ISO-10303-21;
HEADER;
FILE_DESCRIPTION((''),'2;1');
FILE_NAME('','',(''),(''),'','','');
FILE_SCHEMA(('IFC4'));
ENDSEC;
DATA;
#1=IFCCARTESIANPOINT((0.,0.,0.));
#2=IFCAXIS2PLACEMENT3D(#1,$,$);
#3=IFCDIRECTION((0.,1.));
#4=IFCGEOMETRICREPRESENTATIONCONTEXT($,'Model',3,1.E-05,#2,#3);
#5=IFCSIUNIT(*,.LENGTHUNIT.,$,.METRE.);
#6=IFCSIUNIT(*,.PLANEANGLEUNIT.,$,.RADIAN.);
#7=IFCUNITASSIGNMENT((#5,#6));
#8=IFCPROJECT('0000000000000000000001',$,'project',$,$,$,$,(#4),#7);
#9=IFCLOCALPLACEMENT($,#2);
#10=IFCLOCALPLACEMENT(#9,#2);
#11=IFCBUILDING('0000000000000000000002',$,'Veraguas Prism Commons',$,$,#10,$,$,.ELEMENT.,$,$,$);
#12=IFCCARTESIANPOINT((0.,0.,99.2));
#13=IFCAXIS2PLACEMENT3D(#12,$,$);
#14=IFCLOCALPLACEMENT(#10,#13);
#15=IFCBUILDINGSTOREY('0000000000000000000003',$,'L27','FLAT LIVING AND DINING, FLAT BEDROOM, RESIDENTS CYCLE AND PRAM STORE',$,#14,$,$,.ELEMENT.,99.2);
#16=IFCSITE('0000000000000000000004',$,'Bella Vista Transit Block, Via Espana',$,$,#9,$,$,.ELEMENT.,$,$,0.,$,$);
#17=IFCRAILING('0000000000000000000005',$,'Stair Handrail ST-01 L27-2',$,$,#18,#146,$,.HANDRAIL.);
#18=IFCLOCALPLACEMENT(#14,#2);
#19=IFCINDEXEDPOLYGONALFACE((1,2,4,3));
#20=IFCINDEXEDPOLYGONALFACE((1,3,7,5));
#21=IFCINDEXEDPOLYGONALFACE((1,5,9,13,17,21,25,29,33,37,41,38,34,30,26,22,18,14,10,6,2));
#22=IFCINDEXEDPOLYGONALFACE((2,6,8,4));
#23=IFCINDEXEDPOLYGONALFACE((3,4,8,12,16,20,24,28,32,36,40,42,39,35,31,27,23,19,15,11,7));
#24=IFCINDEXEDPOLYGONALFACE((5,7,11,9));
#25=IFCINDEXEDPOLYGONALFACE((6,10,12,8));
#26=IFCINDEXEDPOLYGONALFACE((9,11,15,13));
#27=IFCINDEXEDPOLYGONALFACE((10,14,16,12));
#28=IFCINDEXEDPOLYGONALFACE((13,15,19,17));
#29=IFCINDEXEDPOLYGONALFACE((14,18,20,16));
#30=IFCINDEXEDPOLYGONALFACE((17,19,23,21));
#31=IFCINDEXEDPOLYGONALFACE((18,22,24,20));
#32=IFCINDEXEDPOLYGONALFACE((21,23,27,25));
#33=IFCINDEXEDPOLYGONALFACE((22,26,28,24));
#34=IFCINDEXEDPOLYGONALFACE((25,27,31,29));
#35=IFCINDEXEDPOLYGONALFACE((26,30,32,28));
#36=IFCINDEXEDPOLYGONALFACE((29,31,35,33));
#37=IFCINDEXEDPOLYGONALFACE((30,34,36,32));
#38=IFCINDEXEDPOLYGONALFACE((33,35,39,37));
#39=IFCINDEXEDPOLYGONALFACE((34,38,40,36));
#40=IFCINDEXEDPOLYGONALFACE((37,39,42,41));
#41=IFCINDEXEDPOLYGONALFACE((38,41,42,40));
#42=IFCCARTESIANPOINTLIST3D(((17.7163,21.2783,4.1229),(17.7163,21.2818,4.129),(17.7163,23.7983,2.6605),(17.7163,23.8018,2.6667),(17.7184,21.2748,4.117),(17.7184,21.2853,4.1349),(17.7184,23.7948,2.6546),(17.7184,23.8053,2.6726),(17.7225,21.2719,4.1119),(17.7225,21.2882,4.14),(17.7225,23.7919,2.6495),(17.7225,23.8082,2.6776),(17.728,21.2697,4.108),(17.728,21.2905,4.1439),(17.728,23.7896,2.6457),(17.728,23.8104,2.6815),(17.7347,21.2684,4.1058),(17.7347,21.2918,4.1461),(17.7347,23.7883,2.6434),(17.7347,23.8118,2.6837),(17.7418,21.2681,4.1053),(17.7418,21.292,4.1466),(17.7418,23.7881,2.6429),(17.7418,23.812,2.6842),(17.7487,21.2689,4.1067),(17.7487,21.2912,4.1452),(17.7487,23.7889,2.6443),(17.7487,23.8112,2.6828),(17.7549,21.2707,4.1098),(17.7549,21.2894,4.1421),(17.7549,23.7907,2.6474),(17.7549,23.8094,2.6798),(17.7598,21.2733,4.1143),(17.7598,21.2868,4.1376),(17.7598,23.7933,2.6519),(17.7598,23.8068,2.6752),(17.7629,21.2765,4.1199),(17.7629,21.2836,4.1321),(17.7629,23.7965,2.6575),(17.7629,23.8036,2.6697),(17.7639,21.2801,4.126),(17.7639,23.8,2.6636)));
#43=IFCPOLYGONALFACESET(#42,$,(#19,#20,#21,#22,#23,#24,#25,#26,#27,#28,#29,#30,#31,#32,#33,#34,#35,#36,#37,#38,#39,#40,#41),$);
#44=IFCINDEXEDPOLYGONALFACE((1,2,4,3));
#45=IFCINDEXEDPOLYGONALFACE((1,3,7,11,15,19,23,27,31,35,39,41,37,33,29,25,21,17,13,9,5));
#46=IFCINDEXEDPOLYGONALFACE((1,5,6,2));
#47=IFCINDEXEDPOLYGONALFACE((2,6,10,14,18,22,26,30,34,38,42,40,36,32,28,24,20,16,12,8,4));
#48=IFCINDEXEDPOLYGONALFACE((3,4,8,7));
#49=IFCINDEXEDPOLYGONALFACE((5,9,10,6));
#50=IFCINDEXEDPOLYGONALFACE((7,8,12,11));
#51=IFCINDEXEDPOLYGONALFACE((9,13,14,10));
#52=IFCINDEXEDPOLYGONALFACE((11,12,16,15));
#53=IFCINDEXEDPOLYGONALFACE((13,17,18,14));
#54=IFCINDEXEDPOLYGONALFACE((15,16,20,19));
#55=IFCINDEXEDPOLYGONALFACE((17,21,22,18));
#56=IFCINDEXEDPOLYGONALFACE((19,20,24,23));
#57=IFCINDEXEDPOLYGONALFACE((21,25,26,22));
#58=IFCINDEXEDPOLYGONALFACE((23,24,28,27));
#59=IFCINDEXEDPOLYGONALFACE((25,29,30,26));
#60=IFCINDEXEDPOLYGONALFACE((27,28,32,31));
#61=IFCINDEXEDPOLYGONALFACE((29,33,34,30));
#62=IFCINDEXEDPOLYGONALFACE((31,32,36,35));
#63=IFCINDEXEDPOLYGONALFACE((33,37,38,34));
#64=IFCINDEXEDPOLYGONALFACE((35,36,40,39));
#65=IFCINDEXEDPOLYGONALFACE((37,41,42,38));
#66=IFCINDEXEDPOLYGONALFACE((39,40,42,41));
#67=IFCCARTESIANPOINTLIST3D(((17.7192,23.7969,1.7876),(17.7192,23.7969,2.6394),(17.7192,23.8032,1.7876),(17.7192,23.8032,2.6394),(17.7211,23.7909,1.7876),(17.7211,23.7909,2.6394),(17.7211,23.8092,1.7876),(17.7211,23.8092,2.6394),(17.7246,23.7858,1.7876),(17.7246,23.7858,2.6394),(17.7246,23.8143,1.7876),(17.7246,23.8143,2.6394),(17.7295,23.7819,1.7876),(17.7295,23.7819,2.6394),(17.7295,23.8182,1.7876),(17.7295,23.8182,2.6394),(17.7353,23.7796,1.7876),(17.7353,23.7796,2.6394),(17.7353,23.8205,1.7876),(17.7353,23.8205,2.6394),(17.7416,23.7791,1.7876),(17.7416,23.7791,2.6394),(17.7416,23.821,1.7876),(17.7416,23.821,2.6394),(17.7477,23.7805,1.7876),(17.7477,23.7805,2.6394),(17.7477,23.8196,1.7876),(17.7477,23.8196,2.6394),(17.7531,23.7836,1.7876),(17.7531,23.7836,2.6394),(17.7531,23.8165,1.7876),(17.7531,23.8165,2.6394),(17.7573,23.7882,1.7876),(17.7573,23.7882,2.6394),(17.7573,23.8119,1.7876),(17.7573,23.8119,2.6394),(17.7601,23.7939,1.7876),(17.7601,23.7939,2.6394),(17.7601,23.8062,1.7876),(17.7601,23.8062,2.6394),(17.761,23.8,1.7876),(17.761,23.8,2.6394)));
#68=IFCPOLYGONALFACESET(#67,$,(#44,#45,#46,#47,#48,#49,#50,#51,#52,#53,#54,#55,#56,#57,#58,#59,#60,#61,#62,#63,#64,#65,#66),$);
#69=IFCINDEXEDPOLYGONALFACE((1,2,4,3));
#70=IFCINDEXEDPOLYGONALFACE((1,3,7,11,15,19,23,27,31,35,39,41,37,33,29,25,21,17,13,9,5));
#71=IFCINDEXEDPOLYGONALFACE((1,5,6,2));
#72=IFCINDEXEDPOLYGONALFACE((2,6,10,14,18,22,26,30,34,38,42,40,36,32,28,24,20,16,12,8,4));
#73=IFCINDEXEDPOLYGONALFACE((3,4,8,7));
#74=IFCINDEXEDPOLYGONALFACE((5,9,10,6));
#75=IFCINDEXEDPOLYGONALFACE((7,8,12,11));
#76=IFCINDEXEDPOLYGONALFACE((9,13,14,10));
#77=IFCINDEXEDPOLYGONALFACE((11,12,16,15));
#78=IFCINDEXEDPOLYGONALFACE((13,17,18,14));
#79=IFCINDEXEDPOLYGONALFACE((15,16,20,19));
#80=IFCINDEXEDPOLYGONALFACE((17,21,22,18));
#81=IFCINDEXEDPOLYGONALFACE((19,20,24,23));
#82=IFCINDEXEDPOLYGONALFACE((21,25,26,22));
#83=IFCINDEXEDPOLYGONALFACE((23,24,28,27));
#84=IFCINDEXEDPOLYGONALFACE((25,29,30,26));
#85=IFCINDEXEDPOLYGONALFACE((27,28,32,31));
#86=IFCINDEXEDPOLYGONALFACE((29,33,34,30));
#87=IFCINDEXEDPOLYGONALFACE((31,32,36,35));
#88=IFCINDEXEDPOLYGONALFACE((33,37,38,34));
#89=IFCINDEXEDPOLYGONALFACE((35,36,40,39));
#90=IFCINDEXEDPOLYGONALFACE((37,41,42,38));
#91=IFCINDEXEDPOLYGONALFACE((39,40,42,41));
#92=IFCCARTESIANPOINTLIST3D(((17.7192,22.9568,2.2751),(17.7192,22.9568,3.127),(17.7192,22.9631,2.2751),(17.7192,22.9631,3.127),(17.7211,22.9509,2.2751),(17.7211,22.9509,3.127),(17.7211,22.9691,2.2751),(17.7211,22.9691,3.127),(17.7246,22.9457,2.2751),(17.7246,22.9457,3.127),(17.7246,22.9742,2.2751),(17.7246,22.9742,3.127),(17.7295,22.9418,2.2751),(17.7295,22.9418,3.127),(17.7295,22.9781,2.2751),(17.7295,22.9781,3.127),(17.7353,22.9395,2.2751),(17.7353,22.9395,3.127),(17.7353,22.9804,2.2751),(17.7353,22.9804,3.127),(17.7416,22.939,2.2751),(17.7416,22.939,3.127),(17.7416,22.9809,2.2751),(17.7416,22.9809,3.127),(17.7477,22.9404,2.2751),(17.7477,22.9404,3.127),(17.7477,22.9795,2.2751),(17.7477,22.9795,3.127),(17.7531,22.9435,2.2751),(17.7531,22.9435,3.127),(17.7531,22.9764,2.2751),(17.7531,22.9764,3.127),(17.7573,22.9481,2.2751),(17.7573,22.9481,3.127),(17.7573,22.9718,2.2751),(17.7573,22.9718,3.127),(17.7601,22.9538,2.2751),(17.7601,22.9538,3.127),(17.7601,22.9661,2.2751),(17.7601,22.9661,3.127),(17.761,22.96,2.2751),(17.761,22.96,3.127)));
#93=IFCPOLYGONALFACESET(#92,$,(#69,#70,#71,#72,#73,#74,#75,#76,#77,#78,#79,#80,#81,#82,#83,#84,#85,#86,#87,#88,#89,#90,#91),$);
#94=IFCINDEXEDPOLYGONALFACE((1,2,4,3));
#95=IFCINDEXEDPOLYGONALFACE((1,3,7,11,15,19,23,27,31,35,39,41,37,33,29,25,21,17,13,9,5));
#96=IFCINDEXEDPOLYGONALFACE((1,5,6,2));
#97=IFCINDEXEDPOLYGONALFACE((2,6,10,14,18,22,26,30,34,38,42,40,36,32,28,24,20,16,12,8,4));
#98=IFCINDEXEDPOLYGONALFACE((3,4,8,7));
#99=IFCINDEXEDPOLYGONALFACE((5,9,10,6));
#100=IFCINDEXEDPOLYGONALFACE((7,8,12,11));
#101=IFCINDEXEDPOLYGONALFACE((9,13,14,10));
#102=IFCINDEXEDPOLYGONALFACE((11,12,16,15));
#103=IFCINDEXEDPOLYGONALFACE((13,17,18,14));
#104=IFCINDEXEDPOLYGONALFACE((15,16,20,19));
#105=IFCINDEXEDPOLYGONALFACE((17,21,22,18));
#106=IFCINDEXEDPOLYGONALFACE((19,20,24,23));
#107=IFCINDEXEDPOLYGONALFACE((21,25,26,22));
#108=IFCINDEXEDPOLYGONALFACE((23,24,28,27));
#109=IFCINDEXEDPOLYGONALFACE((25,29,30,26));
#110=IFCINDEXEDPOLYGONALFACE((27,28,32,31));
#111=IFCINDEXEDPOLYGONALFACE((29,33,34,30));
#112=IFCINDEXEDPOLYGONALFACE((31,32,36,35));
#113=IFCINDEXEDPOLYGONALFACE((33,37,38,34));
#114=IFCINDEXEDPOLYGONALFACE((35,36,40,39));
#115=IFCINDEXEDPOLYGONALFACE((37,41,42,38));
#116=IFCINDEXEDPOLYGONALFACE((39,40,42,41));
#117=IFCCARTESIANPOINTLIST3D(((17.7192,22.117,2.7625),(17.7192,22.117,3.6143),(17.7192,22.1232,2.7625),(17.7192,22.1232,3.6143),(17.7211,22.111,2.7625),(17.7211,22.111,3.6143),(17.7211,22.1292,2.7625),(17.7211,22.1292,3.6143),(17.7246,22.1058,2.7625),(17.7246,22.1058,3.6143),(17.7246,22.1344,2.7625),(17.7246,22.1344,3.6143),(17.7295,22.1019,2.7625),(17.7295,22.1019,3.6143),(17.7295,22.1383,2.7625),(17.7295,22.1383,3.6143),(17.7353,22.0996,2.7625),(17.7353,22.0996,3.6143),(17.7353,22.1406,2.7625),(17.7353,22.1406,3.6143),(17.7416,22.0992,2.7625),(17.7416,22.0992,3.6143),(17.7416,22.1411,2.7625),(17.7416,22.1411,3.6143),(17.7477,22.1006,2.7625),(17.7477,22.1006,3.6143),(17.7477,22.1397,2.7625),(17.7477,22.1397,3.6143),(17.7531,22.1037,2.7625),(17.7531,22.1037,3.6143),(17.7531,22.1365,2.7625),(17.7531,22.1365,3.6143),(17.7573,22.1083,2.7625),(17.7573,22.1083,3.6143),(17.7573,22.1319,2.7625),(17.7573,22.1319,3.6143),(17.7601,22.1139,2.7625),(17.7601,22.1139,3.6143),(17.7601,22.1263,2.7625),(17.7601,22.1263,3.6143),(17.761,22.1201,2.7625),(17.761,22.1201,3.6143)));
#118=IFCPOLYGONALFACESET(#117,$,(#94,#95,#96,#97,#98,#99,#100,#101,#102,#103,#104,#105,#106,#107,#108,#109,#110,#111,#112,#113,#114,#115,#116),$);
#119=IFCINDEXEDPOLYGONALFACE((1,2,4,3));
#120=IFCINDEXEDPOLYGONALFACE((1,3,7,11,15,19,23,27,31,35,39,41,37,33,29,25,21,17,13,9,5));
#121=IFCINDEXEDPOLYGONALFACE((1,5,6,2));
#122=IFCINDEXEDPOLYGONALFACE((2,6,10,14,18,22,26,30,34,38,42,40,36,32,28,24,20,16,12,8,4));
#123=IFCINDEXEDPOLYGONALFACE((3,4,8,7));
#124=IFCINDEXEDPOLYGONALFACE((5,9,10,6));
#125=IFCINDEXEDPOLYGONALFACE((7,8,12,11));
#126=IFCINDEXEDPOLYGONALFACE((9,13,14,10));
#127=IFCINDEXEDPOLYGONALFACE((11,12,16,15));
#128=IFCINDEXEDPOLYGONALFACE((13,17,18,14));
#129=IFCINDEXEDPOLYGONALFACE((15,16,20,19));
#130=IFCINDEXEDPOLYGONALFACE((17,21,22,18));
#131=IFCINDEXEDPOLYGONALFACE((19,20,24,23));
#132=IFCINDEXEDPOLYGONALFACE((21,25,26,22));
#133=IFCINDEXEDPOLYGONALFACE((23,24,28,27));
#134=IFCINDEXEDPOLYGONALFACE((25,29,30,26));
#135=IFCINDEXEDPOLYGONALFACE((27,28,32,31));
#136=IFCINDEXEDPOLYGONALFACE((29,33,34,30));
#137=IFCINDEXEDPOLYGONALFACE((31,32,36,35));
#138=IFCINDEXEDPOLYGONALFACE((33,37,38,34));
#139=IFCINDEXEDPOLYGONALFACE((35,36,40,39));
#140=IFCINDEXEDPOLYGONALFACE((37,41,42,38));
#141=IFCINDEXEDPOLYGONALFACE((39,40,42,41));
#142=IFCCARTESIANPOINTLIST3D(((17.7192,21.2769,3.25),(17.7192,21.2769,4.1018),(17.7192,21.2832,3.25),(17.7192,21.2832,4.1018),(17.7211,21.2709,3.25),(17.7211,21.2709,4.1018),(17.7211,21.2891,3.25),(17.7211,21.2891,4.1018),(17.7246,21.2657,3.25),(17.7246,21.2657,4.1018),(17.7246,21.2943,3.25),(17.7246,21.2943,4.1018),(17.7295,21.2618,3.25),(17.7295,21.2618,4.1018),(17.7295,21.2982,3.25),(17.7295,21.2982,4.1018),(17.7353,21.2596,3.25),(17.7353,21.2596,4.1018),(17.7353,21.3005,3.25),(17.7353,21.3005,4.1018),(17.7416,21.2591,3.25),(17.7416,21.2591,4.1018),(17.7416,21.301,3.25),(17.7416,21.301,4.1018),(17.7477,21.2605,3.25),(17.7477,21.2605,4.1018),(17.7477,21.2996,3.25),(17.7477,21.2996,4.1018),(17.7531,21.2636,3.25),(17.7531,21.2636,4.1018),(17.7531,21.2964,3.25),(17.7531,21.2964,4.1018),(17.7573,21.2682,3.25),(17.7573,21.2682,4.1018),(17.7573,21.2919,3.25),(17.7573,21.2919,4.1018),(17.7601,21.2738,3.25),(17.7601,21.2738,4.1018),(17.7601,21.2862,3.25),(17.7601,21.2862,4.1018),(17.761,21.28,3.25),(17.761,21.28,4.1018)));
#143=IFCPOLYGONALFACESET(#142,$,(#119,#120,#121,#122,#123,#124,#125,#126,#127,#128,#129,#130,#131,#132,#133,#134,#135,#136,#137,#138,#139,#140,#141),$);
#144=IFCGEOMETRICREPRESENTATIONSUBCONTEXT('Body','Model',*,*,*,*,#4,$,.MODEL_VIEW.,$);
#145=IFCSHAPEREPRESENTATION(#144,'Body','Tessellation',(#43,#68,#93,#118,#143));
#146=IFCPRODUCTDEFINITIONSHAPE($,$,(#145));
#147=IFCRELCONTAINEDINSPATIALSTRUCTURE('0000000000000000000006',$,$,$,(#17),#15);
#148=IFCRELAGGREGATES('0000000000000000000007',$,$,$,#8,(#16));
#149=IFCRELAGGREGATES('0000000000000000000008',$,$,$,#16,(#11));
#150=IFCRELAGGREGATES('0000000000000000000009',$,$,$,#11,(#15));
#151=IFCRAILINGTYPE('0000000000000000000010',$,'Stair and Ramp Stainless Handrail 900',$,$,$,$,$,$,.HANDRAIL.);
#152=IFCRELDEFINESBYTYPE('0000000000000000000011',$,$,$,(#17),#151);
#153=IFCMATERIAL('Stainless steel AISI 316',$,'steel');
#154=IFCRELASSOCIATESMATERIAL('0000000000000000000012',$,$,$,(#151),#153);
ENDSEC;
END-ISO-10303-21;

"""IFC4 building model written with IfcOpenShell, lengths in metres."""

from ifc_helpers import new_model, si_unit, direction, frame, origin, origin_2d, place, context, subcontext, project, spatial, circle, extrude, material, type_object, element, save


model = new_model("IFC4")

# Units and contexts
model_context = context("Model", 3, precision=1e-05, world=origin(), true_north=direction((0.0, 1.0)))
body_context = subcontext(model_context, "Body", "Model", "MODEL_VIEW")
ifc_project = project(units=[si_unit("LENGTHUNIT", "METRE"), si_unit("PLANEANGLEUNIT", "RADIAN")], contexts=[model_context])

# Site, building, storey
site_placement = place(None, origin())
site = spatial("IfcSite", under=ifc_project, at=site_placement, Name="Bella Vista Transit Block, Via Espana", CompositionType="ELEMENT", RefElevation=0.0)
building_placement = place(site_placement, origin())
building = spatial("IfcBuilding", under=site, at=building_placement, Name="Veraguas Prism Commons", CompositionType="ELEMENT")
storey_placement = place(building_placement, frame((0.0, 0.0, 99.2)))
storey = spatial("IfcBuildingStorey", under=building, at=storey_placement, Name="L27", Description="FLAT LIVING AND DINING, FLAT BEDROOM, RESIDENTS CYCLE AND PRAM STORE", CompositionType="ELEMENT", Elevation=99.2)

# Railing
ifc_material_1 = material(Name="Stainless steel AISI 316", Category="steel")
railing_type_1 = type_object("IfcRailingType", Name="Stair and Ramp Stainless Handrail 900", PredefinedType="HANDRAIL", material=ifc_material_1)
railing_1_placement = place(storey_placement, frame((17.74, 23.8, 1.7876)))
element("IfcRailing", 1, at=railing_1_placement, inside=storey, type_object=railing_type_1, Name="Stair Handrail ST-01 L27-2", PredefinedType="HANDRAIL", context=body_context, shape_type="SweptSolid", body=[
    extrude(circle(Radius=0.0239, at=origin_2d()), frame((0.0, 0.0, 0.876), z_axis=(0.0, -0.864913, 0.501921), x_axis=(1.0, 0.0, 0.0)), (0.0, 0.0, 1.0), 2.9136),
    extrude(circle(Radius=0.021, at=origin_2d()), origin(), (0.0, 0.0, 1.0), 0.8518),
    extrude(circle(Radius=0.021, at=origin_2d()), frame((0.0, -0.8401, 0.4875)), (0.0, 0.0, 1.0), 0.8518),
    extrude(circle(Radius=0.021, at=origin_2d()), frame((0.0, -1.6799, 0.9749)), (0.0, 0.0, 1.0), 0.8518),
    extrude(circle(Radius=0.021, at=origin_2d()), frame((0.0, -2.52, 1.4624)), (0.0, 0.0, 1.0), 0.8518),
])

save(model, "model.ifc")
